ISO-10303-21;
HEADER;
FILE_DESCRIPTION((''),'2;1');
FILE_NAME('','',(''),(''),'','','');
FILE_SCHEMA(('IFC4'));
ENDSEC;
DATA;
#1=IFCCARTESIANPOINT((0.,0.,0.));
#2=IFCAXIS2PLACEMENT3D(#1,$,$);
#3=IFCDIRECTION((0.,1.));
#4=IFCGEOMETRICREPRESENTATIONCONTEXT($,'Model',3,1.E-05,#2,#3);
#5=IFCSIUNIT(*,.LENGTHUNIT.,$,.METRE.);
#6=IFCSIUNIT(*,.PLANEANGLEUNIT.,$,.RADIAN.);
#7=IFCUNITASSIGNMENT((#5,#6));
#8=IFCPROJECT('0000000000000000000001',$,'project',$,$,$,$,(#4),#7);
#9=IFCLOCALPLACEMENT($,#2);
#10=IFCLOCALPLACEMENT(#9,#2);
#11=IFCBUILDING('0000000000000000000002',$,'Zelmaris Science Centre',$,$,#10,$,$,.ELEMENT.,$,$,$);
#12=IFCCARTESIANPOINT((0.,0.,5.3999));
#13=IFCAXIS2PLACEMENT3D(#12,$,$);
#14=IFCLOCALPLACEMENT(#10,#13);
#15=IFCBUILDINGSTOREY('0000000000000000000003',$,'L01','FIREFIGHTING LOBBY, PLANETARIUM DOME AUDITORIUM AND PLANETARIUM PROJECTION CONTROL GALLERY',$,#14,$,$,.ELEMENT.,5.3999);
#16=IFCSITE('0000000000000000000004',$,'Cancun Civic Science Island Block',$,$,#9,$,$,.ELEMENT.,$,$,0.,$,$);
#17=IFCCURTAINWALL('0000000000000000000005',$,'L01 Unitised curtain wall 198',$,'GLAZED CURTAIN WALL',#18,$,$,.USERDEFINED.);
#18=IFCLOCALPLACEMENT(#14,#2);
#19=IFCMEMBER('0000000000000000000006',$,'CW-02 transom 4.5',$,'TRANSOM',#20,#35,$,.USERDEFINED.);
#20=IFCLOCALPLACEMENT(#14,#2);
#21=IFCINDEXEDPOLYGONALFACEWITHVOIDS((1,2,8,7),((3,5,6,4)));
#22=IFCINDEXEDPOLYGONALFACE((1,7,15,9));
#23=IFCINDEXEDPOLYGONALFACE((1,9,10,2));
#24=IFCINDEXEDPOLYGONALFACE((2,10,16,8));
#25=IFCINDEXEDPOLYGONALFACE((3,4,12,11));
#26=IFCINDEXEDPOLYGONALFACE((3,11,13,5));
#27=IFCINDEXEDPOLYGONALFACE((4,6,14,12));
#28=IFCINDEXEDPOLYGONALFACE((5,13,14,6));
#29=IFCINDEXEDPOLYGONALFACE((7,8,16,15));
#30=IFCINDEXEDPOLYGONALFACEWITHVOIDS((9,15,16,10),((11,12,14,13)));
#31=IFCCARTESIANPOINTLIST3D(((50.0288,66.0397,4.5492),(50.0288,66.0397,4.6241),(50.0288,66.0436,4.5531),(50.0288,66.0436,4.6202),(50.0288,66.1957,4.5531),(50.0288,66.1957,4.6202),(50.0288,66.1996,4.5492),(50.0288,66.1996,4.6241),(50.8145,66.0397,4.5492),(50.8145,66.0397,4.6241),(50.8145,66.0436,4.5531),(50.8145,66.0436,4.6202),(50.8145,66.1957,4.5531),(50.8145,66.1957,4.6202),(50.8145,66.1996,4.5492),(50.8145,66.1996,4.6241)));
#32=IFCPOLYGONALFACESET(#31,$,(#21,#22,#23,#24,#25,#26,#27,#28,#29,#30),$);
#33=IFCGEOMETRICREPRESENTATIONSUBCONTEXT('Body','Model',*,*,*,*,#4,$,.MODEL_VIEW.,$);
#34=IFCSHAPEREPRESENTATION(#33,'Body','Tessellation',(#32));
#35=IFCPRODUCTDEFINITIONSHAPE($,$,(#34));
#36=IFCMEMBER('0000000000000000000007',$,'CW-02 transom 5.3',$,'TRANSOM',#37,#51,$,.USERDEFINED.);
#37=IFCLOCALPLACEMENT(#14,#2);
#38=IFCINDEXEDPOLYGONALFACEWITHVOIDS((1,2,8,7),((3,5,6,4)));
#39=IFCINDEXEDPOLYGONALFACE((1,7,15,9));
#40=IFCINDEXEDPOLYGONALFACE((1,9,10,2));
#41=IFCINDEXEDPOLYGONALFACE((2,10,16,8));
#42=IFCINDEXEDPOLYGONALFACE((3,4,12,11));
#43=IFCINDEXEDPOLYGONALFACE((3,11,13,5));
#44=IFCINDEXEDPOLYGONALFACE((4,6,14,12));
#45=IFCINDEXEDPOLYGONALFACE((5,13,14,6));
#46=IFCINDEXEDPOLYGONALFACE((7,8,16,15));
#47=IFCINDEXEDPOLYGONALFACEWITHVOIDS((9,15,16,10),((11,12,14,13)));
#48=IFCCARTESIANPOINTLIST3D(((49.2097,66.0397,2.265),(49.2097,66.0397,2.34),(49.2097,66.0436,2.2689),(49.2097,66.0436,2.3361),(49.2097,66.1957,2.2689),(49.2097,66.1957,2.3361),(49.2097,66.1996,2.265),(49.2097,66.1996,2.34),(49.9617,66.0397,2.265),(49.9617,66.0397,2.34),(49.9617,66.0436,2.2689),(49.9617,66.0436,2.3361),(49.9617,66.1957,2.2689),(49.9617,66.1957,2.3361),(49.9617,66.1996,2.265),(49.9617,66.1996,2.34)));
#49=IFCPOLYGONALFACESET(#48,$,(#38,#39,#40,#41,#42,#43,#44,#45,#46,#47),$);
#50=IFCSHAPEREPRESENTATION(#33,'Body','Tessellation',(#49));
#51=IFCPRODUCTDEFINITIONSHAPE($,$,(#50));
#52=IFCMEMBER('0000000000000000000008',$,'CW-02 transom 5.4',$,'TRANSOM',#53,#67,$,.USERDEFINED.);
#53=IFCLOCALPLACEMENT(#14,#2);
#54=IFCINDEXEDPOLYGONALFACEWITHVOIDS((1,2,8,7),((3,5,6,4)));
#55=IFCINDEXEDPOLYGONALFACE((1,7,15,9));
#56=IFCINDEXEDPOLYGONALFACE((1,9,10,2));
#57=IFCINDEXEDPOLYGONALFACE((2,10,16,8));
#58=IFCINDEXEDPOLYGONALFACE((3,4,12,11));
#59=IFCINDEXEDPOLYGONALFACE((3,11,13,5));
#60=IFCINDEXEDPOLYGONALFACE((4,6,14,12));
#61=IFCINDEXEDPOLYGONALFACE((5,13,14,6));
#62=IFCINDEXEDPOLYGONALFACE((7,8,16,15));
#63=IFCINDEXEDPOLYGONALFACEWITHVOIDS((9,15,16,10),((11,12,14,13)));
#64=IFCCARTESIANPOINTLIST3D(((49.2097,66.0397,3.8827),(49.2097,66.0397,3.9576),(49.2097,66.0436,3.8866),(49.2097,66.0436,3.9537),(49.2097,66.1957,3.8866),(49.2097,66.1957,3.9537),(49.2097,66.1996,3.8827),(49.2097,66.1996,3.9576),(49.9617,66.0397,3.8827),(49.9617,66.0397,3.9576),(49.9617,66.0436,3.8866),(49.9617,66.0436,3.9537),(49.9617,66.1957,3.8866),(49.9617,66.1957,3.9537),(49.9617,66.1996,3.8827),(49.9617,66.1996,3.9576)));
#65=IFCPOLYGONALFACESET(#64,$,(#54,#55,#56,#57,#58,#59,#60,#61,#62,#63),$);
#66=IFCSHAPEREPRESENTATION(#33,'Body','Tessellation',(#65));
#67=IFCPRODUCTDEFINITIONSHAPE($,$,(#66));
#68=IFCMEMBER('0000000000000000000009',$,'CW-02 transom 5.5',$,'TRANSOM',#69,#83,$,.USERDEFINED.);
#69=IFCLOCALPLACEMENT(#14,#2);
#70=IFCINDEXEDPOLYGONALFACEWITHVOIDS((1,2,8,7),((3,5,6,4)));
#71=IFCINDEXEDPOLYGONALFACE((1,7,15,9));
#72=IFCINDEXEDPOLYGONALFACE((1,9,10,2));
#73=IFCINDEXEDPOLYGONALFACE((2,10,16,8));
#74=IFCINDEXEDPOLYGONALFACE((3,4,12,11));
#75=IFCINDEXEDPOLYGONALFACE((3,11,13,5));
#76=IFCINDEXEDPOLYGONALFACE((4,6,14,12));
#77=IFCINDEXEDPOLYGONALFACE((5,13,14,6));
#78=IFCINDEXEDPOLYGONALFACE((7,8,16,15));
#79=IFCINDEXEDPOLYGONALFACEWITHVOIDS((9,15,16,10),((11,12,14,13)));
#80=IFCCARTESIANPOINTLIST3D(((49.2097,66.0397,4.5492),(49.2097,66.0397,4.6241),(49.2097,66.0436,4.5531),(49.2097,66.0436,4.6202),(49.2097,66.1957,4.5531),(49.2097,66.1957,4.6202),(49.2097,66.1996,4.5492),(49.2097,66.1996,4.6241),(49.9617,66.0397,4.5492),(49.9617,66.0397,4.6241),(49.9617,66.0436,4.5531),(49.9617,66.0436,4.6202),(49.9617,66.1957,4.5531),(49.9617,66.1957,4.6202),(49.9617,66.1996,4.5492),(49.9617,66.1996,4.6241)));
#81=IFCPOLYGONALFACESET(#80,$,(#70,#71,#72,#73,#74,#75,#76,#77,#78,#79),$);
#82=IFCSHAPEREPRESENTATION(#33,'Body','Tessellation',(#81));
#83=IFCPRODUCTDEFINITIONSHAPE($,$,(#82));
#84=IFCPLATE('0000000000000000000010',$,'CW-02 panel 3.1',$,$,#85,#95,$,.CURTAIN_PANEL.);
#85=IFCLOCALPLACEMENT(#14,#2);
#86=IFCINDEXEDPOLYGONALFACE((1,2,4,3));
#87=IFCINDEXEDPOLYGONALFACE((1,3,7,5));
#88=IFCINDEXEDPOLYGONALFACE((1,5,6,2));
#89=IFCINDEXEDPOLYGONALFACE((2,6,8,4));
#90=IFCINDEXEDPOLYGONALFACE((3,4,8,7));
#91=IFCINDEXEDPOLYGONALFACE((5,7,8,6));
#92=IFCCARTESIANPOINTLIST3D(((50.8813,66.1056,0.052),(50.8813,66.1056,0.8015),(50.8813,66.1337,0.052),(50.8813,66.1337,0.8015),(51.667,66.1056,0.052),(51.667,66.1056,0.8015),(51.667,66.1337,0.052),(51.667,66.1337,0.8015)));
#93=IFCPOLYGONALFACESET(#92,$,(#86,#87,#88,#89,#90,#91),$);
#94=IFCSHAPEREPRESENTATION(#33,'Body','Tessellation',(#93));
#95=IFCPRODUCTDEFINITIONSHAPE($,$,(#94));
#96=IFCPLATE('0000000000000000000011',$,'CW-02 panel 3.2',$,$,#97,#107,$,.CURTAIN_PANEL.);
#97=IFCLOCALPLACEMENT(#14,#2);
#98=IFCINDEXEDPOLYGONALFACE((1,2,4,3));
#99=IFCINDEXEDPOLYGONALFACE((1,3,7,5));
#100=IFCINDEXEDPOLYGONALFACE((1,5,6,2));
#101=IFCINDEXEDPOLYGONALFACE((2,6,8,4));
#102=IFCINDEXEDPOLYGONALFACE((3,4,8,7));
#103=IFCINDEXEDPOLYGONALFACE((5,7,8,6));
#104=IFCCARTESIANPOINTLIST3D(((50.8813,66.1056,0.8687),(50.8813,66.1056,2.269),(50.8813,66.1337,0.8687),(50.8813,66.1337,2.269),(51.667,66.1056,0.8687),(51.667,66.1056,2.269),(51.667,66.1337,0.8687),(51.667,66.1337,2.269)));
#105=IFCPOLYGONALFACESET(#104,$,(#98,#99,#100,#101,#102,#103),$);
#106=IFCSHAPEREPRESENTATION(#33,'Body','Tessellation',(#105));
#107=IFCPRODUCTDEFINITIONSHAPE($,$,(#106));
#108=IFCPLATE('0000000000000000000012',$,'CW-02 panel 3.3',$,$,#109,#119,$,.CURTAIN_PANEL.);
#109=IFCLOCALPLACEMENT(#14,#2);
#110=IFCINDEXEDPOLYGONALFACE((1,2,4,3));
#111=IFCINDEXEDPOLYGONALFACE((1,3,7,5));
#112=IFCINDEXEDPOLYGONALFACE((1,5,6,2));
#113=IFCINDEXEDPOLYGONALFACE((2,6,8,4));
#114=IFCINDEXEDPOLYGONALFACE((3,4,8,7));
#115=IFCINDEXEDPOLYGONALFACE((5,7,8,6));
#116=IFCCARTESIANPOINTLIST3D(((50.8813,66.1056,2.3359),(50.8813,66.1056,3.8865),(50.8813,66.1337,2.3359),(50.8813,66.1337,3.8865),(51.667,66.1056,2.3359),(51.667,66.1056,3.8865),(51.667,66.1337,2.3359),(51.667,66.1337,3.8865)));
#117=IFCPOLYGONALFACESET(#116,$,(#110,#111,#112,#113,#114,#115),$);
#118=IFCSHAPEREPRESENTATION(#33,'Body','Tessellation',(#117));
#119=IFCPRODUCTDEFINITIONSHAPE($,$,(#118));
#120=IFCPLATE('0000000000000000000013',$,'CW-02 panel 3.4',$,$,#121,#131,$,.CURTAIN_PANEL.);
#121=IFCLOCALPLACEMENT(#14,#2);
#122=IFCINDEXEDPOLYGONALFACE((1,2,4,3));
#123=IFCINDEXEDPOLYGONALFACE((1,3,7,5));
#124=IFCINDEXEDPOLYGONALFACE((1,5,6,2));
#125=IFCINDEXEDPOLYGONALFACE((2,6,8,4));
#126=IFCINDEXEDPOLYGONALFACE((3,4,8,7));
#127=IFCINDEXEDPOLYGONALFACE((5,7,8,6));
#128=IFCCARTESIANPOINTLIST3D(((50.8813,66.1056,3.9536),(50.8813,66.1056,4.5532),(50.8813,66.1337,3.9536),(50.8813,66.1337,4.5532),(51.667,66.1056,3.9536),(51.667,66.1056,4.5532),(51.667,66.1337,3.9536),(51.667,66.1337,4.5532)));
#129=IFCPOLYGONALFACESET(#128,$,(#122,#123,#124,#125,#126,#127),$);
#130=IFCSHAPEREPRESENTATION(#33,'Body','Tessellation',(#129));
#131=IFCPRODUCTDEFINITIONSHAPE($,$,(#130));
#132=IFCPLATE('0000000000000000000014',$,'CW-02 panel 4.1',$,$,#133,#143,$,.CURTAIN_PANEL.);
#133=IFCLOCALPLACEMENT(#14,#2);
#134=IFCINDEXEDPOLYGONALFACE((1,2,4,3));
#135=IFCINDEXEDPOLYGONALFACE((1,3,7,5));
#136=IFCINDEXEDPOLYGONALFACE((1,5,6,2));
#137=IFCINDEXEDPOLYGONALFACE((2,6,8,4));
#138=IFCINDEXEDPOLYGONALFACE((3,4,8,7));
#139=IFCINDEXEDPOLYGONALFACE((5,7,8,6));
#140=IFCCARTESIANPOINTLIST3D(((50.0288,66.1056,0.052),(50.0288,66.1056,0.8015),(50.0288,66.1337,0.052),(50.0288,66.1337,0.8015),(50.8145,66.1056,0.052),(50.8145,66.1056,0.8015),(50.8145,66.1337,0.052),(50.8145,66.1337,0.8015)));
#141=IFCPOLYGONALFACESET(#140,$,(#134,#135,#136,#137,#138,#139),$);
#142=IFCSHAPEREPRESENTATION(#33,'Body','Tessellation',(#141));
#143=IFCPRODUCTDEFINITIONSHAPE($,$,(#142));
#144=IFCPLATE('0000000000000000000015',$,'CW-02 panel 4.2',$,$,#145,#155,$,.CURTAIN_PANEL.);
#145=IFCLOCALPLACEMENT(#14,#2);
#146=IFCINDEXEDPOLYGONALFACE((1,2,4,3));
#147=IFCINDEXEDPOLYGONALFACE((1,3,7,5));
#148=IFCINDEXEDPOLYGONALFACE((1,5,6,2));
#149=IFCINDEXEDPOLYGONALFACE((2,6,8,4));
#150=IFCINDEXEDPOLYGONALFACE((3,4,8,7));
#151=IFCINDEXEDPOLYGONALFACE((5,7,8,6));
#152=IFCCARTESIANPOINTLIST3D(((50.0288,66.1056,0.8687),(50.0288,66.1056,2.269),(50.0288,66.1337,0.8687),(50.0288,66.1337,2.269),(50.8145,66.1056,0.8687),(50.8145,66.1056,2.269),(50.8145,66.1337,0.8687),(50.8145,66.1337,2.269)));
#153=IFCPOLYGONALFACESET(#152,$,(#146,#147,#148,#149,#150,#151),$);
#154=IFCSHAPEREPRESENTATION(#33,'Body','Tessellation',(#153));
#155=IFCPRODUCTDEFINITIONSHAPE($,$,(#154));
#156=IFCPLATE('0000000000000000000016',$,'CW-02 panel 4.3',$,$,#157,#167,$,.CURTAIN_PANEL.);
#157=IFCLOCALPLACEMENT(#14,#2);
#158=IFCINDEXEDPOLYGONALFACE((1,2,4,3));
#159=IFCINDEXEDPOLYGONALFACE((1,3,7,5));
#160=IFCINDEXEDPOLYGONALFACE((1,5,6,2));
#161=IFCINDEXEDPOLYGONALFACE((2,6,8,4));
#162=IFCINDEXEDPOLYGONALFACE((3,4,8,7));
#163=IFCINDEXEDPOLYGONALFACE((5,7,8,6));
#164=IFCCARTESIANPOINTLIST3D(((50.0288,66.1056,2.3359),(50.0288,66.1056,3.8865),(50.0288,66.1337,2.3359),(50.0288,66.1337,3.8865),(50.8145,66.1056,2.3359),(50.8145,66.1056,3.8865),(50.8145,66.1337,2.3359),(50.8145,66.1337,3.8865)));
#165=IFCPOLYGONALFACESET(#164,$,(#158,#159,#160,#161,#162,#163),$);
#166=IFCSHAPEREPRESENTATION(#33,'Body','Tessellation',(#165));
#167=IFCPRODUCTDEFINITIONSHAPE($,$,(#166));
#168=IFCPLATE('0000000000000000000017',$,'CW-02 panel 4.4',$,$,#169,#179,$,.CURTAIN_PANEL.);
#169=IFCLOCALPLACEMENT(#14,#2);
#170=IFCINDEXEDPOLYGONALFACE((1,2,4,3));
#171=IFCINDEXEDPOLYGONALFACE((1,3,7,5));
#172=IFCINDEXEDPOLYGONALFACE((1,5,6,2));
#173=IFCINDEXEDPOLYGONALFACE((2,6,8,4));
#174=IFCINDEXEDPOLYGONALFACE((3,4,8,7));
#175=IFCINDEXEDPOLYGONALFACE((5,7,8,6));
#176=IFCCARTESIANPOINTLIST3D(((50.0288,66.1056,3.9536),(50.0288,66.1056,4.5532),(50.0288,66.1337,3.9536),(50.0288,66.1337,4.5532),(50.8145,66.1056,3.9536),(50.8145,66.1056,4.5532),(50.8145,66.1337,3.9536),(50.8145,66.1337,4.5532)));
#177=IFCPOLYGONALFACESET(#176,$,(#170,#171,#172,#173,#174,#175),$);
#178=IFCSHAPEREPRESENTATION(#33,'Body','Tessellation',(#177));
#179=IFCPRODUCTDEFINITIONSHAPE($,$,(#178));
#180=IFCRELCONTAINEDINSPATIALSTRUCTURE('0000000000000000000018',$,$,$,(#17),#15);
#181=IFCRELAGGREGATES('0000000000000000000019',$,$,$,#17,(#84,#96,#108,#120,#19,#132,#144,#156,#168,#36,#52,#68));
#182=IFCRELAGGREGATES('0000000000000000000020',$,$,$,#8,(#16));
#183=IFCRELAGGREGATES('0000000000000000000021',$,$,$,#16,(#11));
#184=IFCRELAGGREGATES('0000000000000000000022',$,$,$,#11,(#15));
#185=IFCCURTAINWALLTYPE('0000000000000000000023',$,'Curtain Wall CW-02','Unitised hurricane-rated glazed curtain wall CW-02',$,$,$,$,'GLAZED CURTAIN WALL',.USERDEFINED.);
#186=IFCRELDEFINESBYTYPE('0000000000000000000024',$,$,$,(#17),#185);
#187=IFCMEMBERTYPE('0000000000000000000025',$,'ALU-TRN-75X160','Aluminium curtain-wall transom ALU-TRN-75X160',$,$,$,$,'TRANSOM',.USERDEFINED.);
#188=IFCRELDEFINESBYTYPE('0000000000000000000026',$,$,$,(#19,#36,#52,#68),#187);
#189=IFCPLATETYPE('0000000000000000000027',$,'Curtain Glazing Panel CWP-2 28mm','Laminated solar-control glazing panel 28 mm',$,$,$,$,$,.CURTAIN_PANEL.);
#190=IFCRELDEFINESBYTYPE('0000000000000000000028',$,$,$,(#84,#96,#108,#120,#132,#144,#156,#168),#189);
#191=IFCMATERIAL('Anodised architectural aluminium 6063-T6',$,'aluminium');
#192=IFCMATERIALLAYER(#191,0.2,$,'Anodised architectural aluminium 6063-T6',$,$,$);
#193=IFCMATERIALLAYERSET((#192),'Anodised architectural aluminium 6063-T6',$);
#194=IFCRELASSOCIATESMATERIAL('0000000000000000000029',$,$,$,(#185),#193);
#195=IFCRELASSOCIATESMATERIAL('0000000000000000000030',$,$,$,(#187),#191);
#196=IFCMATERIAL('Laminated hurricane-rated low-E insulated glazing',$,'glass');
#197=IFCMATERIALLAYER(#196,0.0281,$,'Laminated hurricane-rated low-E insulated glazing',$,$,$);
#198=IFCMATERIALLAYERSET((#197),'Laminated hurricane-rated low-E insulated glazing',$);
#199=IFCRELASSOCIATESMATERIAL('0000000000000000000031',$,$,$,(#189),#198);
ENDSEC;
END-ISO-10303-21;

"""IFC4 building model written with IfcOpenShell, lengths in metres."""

from ifc_helpers import new_model, si_unit, direction, frame, origin, origin_2d, place, context, subcontext, project, spatial, rectangle, hollow_rectangle, extrude, material, layer, layer_set, material_profile, profile_set, type_object, element, aggregate, save


model = new_model("IFC4")

# Units and contexts
model_context = context("Model", 3, precision=1e-05, world=origin(), true_north=direction((0.0, 1.0)))
body_context = subcontext(model_context, "Body", "Model", "MODEL_VIEW")
ifc_project = project(units=[si_unit("LENGTHUNIT", "METRE"), si_unit("PLANEANGLEUNIT", "RADIAN")], contexts=[model_context])

# Site, building, storey
site_placement = place(None, origin())
site = spatial("IfcSite", under=ifc_project, at=site_placement, Name="Cancun Civic Science Island Block", CompositionType="ELEMENT", RefElevation=0.0)
building_placement = place(site_placement, origin())
building = spatial("IfcBuilding", under=site, at=building_placement, Name="Zelmaris Science Centre", CompositionType="ELEMENT")
storey_placement = place(building_placement, frame((0.0, 0.0, 5.3999)))
storey = spatial("IfcBuildingStorey", under=building, at=storey_placement, Name="L01", Description="FIREFIGHTING LOBBY, PLANETARIUM DOME AUDITORIUM AND PLANETARIUM PROJECTION CONTROL GALLERY", CompositionType="ELEMENT", Elevation=5.3999)

# Curtain wall, members, plates
ifc_material_1 = material(Name="Anodised architectural aluminium 6063-T6", Category="aluminium")
ifc_layer_1 = layer(ifc_material_1, 0.2, Name="Anodised architectural aluminium 6063-T6")
ifc_layer_set_1 = layer_set([ifc_layer_1], Name="Anodised architectural aluminium 6063-T6")
curtain_wall_type = type_object("IfcCurtainWallType", Name="Curtain Wall CW-02", Description="Unitised hurricane-rated glazed curtain wall CW-02", ElementType="GLAZED CURTAIN WALL", PredefinedType="USERDEFINED", material=ifc_layer_set_1)
curtain_wall_placement = place(storey_placement, origin())
curtain_wall = element("IfcCurtainWall", 1, at=curtain_wall_placement, inside=storey, type_object=curtain_wall_type, Name="L01 Unitised curtain wall 198", ObjectType="GLAZED CURTAIN WALL", PredefinedType="USERDEFINED")
ifc_material_profile_1 = material_profile(ifc_material_1, hollow_rectangle(XDim=0.075, YDim=0.1599, WallThickness=0.0039, at=origin_2d()), Name="ALU-TRN-75X160")
ifc_profile_set_1 = profile_set([ifc_material_profile_1], Name="Anodised architectural aluminium 6063-T6")
member_type_1 = type_object("IfcMemberType", Name="ALU-TRN-75X160", Description="Aluminium curtain-wall transom ALU-TRN-75X160", ElementType="TRANSOM", PredefinedType="USERDEFINED", material=ifc_profile_set_1)
member_1_placement = place(storey_placement, frame((50.8145, 66.1196, 4.5867), z_axis=(-1.0, 0.0, 0.0), x_axis=(0.0, 0.0, 1.0)))
member_1 = element("IfcMember", 2, at=member_1_placement, type_object=member_type_1, Name="CW-02 transom 4.5", ObjectType="TRANSOM", PredefinedType="USERDEFINED", context=body_context, shape_type="SweptSolid", body=[
    extrude(hollow_rectangle(XDim=0.075, YDim=0.1599, WallThickness=0.0039, at=origin_2d()), origin(), (0.0, 0.0, 1.0), 0.7856),
])
member_2_placement = place(storey_placement, frame((49.9617, 66.1196, 2.3025), z_axis=(-1.0, 0.0, 0.0), x_axis=(0.0, 0.0, 1.0)))
member_2 = element("IfcMember", 3, at=member_2_placement, type_object=member_type_1, Name="CW-02 transom 5.3", ObjectType="TRANSOM", PredefinedType="USERDEFINED", context=body_context, shape_type="SweptSolid", body=[
    extrude(hollow_rectangle(XDim=0.075, YDim=0.1599, WallThickness=0.0039, at=origin_2d()), origin(), (0.0, 0.0, 1.0), 0.752),
])
member_3_placement = place(storey_placement, frame((49.9617, 66.1196, 3.9202), z_axis=(-1.0, 0.0, 0.0), x_axis=(0.0, 0.0, 1.0)))
member_3 = element("IfcMember", 4, at=member_3_placement, type_object=member_type_1, Name="CW-02 transom 5.4", ObjectType="TRANSOM", PredefinedType="USERDEFINED", context=body_context, shape_type="SweptSolid", body=[
    extrude(hollow_rectangle(XDim=0.075, YDim=0.1599, WallThickness=0.0039, at=origin_2d()), origin(), (0.0, 0.0, 1.0), 0.752),
])
member_4_placement = place(storey_placement, frame((49.9617, 66.1196, 4.5867), z_axis=(-1.0, 0.0, 0.0), x_axis=(0.0, 0.0, 1.0)))
member_4 = element("IfcMember", 5, at=member_4_placement, type_object=member_type_1, Name="CW-02 transom 5.5", ObjectType="TRANSOM", PredefinedType="USERDEFINED", context=body_context, shape_type="SweptSolid", body=[
    extrude(hollow_rectangle(XDim=0.075, YDim=0.1599, WallThickness=0.0039, at=origin_2d()), origin(), (0.0, 0.0, 1.0), 0.752),
])
ifc_material_2 = material(Name="Laminated hurricane-rated low-E insulated glazing", Category="glass")
ifc_layer_2 = layer(ifc_material_2, 0.0281, Name="Laminated hurricane-rated low-E insulated glazing")
ifc_layer_set_2 = layer_set([ifc_layer_2], Name="Laminated hurricane-rated low-E insulated glazing")
plate_type = type_object("IfcPlateType", Name="Curtain Glazing Panel CWP-2 28mm", Description="Laminated solar-control glazing panel 28 mm", PredefinedType="CURTAIN_PANEL", material=ifc_layer_set_2)
plate_1_placement = place(storey_placement, frame((51.2742, 66.1196, 0.052), z_axis=(0.0, 0.0, 1.0), x_axis=(-1.0, 0.0, 0.0)))
plate_1 = element("IfcPlate", 6, at=plate_1_placement, type_object=plate_type, Name="CW-02 panel 3.1", PredefinedType="CURTAIN_PANEL", context=body_context, shape_type="SweptSolid", body=[
    extrude(rectangle(XDim=0.7856, YDim=0.0281, at=origin_2d()), origin(), (0.0, 0.0, 1.0), 0.7495),
])
plate_2_placement = place(storey_placement, frame((51.2742, 66.1196, 0.8687), z_axis=(0.0, 0.0, 1.0), x_axis=(-1.0, 0.0, 0.0)))
plate_2 = element("IfcPlate", 7, at=plate_2_placement, type_object=plate_type, Name="CW-02 panel 3.2", PredefinedType="CURTAIN_PANEL", context=body_context, shape_type="SweptSolid", body=[
    extrude(rectangle(XDim=0.7856, YDim=0.0281, at=origin_2d()), origin(), (0.0, 0.0, 1.0), 1.4004),
])
plate_3_placement = place(storey_placement, frame((51.2742, 66.1196, 2.3359), z_axis=(0.0, 0.0, 1.0), x_axis=(-1.0, 0.0, 0.0)))
plate_3 = element("IfcPlate", 8, at=plate_3_placement, type_object=plate_type, Name="CW-02 panel 3.3", PredefinedType="CURTAIN_PANEL", context=body_context, shape_type="SweptSolid", body=[
    extrude(rectangle(XDim=0.7856, YDim=0.0281, at=origin_2d()), origin(), (0.0, 0.0, 1.0), 1.5505),
])
plate_4_placement = place(storey_placement, frame((51.2742, 66.1196, 3.9536), z_axis=(0.0, 0.0, 1.0), x_axis=(-1.0, 0.0, 0.0)))
plate_4 = element("IfcPlate", 9, at=plate_4_placement, type_object=plate_type, Name="CW-02 panel 3.4", PredefinedType="CURTAIN_PANEL", context=body_context, shape_type="SweptSolid", body=[
    extrude(rectangle(XDim=0.7856, YDim=0.0281, at=origin_2d()), origin(), (0.0, 0.0, 1.0), 0.5996),
])
plate_5_placement = place(storey_placement, frame((50.4216, 66.1196, 0.052), z_axis=(0.0, 0.0, 1.0), x_axis=(-1.0, 0.0, 0.0)))
plate_5 = element("IfcPlate", 10, at=plate_5_placement, type_object=plate_type, Name="CW-02 panel 4.1", PredefinedType="CURTAIN_PANEL", context=body_context, shape_type="SweptSolid", body=[
    extrude(rectangle(XDim=0.7856, YDim=0.0281, at=origin_2d()), origin(), (0.0, 0.0, 1.0), 0.7495),
])
plate_6_placement = place(storey_placement, frame((50.4216, 66.1196, 0.8687), z_axis=(0.0, 0.0, 1.0), x_axis=(-1.0, 0.0, 0.0)))
plate_6 = element("IfcPlate", 11, at=plate_6_placement, type_object=plate_type, Name="CW-02 panel 4.2", PredefinedType="CURTAIN_PANEL", context=body_context, shape_type="SweptSolid", body=[
    extrude(rectangle(XDim=0.7856, YDim=0.0281, at=origin_2d()), origin(), (0.0, 0.0, 1.0), 1.4004),
])
plate_7_placement = place(storey_placement, frame((50.4216, 66.1196, 2.3359), z_axis=(0.0, 0.0, 1.0), x_axis=(-1.0, 0.0, 0.0)))
plate_7 = element("IfcPlate", 12, at=plate_7_placement, type_object=plate_type, Name="CW-02 panel 4.3", PredefinedType="CURTAIN_PANEL", context=body_context, shape_type="SweptSolid", body=[
    extrude(rectangle(XDim=0.7856, YDim=0.0281, at=origin_2d()), origin(), (0.0, 0.0, 1.0), 1.5505),
])
plate_8_placement = place(storey_placement, frame((50.4216, 66.1196, 3.9536), z_axis=(0.0, 0.0, 1.0), x_axis=(-1.0, 0.0, 0.0)))
plate_8 = element("IfcPlate", 13, at=plate_8_placement, type_object=plate_type, Name="CW-02 panel 4.4", PredefinedType="CURTAIN_PANEL", context=body_context, shape_type="SweptSolid", body=[
    extrude(rectangle(XDim=0.7856, YDim=0.0281, at=origin_2d()), origin(), (0.0, 0.0, 1.0), 0.5996),
])
aggregate(curtain_wall, [plate_1, plate_2, plate_3, plate_4, member_1, plate_5, plate_6, plate_7, plate_8, member_2, member_3, member_4])

save(model, "model.ifc")
